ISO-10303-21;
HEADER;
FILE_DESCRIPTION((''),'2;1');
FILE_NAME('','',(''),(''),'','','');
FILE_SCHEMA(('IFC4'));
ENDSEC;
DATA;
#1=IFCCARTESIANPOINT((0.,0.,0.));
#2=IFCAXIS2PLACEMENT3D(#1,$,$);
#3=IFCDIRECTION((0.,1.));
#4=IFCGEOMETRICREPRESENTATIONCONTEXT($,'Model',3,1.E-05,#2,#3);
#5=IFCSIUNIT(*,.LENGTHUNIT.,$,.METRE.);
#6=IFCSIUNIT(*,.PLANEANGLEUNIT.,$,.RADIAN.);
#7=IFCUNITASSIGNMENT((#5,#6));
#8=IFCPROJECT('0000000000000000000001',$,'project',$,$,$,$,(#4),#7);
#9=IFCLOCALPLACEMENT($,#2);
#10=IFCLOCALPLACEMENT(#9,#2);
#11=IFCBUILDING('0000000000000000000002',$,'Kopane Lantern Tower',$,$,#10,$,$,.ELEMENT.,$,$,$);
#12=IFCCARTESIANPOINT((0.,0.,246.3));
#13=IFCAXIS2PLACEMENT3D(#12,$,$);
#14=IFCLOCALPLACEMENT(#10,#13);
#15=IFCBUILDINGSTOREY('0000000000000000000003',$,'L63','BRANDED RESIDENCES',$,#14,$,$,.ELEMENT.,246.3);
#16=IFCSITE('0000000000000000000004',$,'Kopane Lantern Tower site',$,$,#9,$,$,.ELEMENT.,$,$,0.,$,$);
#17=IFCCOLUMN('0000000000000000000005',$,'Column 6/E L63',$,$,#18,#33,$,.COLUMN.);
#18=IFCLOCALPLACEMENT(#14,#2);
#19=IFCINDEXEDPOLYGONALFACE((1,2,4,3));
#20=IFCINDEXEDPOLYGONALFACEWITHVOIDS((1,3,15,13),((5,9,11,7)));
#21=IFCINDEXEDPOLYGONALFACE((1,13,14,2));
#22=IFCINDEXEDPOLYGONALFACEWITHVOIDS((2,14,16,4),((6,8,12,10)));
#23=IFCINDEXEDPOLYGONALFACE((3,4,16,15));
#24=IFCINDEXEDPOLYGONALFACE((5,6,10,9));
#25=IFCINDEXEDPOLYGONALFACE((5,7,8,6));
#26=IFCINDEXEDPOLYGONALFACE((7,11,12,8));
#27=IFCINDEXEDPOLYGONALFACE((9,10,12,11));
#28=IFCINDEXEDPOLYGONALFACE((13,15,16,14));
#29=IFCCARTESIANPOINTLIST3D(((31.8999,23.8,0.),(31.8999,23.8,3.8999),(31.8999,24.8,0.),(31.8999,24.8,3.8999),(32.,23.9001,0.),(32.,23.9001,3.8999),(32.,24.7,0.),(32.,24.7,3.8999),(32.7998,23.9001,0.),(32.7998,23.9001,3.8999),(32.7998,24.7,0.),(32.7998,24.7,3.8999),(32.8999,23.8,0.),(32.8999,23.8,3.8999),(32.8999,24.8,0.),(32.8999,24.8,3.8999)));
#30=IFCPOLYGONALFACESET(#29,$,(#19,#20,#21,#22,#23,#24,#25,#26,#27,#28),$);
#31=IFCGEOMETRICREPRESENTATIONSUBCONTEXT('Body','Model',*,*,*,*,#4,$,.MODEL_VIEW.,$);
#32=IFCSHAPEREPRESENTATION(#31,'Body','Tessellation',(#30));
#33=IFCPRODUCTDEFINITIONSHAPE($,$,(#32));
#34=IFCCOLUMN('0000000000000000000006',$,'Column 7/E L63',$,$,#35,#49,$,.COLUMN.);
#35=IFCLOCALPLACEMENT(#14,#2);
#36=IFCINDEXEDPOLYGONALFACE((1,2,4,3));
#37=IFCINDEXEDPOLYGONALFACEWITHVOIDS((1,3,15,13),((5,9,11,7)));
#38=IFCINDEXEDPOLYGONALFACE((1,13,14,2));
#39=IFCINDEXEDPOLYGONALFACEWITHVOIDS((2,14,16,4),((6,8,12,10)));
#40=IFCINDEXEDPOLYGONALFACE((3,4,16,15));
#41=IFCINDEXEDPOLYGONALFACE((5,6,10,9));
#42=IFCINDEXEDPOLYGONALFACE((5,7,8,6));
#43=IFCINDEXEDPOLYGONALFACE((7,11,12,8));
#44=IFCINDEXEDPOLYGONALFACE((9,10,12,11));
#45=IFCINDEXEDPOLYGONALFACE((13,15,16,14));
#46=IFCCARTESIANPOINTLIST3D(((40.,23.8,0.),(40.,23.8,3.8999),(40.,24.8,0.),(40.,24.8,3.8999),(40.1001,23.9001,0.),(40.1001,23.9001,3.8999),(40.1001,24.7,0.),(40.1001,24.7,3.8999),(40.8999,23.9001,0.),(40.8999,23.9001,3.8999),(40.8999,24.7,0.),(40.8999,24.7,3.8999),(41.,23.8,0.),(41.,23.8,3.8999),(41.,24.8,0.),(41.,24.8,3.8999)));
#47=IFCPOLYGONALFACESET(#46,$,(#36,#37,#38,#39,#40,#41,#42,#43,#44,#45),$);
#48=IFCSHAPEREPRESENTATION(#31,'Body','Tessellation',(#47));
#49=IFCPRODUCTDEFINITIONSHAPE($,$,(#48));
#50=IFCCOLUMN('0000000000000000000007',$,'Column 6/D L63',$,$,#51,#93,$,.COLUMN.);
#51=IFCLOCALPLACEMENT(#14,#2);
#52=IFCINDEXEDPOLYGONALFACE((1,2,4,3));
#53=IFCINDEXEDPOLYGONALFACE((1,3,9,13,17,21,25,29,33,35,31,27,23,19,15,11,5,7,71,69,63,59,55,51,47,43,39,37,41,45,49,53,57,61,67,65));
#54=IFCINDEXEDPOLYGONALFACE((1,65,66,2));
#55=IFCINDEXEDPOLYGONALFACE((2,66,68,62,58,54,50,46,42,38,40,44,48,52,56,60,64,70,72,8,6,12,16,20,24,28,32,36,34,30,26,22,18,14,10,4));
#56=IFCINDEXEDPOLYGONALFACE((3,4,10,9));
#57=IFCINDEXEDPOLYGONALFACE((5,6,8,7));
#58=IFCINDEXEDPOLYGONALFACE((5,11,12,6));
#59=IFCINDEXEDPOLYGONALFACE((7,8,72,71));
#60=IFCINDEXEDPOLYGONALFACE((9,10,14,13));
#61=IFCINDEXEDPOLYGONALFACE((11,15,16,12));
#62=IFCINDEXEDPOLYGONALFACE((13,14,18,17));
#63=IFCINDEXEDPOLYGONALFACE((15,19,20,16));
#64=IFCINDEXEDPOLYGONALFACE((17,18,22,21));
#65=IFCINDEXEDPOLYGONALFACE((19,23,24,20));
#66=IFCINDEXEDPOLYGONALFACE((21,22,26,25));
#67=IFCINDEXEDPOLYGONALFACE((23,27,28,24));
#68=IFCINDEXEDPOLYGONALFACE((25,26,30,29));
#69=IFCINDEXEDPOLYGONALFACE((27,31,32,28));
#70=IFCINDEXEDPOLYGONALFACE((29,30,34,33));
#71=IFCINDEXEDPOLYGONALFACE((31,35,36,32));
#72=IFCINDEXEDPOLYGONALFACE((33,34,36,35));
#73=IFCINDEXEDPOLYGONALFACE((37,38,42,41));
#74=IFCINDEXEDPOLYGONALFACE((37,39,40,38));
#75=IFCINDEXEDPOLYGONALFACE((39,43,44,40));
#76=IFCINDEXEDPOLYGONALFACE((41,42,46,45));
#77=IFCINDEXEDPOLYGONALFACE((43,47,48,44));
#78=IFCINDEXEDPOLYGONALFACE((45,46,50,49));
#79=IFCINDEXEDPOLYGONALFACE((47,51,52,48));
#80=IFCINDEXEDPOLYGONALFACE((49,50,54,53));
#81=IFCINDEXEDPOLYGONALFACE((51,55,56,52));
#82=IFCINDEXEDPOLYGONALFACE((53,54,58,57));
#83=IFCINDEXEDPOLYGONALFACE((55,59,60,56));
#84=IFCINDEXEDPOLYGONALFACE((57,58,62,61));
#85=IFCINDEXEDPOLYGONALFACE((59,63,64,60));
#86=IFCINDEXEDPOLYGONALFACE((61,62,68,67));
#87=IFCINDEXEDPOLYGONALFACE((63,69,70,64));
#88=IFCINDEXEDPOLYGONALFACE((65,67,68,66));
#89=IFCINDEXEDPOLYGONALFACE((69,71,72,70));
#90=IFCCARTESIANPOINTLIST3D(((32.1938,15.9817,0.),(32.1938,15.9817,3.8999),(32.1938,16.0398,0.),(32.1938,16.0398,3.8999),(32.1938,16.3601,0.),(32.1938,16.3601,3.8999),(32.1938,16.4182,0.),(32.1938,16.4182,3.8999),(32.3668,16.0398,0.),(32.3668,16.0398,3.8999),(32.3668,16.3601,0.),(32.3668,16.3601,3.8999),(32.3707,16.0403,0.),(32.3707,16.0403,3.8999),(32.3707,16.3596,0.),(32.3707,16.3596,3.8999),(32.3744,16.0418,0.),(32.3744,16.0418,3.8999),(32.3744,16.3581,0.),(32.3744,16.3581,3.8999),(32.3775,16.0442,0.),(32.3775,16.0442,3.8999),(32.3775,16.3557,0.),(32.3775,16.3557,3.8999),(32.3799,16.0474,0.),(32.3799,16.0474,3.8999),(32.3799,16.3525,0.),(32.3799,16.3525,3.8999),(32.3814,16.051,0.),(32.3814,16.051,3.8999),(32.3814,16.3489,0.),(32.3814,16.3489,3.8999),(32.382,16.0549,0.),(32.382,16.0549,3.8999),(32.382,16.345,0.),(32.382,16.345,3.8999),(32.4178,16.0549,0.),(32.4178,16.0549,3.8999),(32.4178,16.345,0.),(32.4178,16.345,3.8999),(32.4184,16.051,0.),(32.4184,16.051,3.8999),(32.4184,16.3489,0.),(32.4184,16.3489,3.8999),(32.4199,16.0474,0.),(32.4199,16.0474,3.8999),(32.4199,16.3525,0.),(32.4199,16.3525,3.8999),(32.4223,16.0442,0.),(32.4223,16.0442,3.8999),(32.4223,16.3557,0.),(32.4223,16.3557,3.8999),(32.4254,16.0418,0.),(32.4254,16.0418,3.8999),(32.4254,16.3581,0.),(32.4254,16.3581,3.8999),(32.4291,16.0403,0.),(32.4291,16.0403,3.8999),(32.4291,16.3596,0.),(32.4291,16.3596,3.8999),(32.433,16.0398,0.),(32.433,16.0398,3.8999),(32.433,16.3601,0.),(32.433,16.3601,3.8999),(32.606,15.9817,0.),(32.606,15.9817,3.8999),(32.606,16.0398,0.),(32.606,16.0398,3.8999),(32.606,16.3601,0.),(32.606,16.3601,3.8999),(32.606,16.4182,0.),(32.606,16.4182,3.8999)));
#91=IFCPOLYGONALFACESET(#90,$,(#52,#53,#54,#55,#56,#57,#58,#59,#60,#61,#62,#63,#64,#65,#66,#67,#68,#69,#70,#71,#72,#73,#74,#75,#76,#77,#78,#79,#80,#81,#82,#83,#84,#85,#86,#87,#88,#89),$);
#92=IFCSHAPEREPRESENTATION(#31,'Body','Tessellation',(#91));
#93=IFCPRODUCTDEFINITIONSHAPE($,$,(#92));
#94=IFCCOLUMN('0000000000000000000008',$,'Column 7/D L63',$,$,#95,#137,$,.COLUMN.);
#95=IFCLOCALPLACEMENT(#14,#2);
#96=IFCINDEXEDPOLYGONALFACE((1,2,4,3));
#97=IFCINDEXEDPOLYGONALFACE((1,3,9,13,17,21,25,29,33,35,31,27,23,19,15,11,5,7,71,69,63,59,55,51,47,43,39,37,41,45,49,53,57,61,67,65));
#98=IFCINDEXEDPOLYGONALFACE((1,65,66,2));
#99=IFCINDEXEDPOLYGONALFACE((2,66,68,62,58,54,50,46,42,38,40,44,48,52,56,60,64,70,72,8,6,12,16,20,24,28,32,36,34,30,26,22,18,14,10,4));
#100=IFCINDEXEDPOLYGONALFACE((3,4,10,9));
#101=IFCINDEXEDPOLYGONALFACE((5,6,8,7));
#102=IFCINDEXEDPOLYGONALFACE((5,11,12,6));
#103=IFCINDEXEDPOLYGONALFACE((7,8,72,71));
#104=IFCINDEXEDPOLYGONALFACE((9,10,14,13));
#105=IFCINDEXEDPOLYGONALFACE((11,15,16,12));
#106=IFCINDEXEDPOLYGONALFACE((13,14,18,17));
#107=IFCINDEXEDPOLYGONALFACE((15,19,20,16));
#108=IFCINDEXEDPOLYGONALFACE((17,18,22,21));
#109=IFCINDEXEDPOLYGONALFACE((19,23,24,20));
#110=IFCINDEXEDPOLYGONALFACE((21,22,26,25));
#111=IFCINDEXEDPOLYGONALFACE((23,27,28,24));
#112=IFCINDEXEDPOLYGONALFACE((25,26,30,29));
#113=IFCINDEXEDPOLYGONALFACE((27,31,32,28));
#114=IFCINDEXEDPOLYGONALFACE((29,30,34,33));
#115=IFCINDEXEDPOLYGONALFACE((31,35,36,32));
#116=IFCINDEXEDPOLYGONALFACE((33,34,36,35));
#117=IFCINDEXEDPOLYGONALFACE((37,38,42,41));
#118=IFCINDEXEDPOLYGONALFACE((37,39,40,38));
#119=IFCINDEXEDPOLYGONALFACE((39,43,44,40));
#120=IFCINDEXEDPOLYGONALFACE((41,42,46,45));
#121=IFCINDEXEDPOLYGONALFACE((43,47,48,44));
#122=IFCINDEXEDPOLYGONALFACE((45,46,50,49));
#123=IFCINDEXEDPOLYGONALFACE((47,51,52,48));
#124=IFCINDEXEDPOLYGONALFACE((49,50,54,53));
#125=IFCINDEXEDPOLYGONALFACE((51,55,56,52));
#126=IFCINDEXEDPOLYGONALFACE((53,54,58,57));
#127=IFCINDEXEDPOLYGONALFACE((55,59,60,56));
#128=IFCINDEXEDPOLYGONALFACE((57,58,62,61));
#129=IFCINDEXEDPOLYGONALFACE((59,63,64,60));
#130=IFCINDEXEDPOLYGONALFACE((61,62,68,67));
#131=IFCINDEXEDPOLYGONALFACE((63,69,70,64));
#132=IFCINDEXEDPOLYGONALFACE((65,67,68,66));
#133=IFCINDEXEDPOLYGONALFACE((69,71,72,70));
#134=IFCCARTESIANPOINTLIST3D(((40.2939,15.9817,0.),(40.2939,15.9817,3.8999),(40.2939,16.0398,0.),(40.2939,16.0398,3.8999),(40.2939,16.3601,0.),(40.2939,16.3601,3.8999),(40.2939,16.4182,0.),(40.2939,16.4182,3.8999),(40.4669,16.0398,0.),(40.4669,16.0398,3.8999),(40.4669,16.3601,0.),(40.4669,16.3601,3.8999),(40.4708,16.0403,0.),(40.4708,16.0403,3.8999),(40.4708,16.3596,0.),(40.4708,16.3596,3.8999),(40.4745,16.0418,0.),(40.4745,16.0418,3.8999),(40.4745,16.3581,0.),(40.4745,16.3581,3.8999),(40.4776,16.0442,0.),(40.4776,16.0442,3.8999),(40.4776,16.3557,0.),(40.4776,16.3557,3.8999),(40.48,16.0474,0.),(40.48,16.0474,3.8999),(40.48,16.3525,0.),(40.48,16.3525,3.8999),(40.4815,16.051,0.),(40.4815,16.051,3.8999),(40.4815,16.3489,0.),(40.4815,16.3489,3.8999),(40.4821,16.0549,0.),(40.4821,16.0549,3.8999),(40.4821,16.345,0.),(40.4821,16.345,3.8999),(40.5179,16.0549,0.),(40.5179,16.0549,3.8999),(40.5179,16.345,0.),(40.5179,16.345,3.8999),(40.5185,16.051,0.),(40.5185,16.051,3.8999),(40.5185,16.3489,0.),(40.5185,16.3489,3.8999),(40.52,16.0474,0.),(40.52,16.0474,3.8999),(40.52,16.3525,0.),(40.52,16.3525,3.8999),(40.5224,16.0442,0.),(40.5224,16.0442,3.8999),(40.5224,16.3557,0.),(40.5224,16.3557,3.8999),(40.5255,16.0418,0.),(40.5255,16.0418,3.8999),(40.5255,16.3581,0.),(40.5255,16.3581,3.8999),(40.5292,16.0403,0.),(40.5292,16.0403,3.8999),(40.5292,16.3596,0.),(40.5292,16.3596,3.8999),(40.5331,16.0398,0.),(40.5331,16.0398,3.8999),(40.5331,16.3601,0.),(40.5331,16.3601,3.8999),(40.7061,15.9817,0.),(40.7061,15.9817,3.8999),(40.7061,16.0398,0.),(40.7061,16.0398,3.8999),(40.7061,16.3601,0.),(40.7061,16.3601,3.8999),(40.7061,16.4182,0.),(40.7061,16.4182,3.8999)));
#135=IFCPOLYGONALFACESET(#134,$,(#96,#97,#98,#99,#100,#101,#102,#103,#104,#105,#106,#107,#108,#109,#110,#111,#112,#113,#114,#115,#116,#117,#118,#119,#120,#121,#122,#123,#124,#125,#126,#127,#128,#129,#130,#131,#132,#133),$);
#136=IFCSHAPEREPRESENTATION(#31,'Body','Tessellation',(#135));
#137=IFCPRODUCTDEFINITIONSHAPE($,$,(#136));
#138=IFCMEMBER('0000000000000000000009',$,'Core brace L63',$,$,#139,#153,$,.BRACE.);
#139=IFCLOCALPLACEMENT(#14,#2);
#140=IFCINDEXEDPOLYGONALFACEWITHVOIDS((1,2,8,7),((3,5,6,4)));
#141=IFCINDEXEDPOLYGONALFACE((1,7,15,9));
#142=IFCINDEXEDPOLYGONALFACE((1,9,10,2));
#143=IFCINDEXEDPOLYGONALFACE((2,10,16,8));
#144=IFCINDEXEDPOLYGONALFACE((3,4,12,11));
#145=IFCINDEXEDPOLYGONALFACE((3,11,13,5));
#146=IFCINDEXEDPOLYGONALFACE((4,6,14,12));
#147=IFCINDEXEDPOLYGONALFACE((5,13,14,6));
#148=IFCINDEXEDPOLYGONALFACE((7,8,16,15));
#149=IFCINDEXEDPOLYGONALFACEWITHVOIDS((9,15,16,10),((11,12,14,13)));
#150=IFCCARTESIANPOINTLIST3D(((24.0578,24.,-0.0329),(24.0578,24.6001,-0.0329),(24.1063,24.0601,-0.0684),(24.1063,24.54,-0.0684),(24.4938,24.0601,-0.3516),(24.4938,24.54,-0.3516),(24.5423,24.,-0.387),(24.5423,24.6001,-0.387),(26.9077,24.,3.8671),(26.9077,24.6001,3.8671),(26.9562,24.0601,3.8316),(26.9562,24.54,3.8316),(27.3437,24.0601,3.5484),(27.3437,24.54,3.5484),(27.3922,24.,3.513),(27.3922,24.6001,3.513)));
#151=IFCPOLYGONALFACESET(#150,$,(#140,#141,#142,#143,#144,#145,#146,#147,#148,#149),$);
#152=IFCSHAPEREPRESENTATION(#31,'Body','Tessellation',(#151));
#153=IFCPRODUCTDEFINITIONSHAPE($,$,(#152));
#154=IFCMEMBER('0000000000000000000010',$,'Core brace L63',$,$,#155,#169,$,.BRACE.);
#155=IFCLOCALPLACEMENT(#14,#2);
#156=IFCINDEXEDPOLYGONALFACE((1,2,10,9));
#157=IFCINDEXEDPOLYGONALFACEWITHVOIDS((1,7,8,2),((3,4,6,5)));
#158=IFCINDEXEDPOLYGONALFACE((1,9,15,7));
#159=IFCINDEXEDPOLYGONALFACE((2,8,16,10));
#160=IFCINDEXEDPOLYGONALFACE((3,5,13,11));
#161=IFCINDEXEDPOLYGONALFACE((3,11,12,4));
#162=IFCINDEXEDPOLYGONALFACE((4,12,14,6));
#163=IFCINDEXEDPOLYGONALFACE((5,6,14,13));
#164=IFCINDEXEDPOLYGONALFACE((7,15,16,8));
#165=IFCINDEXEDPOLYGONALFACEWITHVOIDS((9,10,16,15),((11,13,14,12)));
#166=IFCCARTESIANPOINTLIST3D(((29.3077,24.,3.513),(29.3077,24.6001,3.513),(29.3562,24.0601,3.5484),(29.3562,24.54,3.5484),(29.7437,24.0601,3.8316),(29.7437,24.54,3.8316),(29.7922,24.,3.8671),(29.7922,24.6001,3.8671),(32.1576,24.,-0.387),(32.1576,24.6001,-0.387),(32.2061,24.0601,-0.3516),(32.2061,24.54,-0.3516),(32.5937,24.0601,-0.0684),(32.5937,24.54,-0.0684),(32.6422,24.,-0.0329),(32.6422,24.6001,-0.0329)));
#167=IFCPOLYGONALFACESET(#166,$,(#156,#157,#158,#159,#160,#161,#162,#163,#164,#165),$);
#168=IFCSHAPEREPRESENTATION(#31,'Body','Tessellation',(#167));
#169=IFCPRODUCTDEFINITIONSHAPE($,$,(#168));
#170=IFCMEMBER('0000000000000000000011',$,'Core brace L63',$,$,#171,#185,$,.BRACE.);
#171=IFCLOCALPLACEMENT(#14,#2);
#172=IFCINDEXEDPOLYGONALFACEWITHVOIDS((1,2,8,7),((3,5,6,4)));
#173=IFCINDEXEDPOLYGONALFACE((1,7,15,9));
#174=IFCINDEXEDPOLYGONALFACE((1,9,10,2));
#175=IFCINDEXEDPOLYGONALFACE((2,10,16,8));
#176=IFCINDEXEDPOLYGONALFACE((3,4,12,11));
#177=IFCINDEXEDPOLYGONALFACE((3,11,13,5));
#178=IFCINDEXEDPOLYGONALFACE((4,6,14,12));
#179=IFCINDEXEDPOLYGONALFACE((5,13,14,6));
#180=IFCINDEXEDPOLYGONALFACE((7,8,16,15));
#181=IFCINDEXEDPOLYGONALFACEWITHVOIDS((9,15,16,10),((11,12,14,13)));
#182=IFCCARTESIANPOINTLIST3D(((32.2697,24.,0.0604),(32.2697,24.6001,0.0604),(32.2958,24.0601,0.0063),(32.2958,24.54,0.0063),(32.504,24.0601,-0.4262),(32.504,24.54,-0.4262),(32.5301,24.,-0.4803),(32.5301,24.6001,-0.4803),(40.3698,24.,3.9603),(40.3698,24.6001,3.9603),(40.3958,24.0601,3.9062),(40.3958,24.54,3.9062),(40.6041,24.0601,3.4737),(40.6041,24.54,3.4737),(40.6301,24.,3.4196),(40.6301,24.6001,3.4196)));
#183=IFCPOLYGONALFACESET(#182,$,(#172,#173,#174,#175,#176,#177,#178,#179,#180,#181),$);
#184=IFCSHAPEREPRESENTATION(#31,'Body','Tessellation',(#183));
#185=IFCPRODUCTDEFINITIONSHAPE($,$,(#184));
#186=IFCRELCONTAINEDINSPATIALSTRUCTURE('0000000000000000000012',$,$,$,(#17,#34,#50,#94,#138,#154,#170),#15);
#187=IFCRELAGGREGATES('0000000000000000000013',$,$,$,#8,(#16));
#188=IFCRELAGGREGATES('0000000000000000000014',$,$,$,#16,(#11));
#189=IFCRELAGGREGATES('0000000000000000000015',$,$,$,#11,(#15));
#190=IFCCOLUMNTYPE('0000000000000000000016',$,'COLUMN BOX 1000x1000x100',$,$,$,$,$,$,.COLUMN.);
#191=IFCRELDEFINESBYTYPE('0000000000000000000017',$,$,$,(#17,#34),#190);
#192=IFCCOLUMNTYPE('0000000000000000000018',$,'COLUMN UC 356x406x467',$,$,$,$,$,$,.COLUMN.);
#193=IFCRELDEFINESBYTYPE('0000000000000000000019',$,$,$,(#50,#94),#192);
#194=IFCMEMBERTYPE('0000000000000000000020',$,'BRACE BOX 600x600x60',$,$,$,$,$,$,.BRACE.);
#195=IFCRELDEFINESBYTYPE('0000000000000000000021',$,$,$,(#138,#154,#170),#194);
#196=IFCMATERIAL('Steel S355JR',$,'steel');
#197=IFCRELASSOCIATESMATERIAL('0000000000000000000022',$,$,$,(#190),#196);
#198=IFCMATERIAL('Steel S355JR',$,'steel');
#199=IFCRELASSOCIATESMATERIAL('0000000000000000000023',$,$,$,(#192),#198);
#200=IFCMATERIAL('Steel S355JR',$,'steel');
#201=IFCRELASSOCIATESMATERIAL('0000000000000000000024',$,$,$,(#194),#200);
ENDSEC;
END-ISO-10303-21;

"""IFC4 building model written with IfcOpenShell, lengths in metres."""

from ifc_helpers import new_model, si_unit, direction, frame, origin, origin_2d, place, context, subcontext, project, spatial, hollow_rectangle, i_section, extrude, material, material_profile, profile_set, type_object, element, save


model = new_model("IFC4")

# Units and contexts
model_context = context("Model", 3, precision=1e-05, world=origin(), true_north=direction((0.0, 1.0)))
body_context = subcontext(model_context, "Body", "Model", "MODEL_VIEW")
ifc_project = project(units=[si_unit("LENGTHUNIT", "METRE"), si_unit("PLANEANGLEUNIT", "RADIAN")], contexts=[model_context])

# Site, building, storey
site_placement = place(None, origin())
site = spatial("IfcSite", under=ifc_project, at=site_placement, Name="Kopane Lantern Tower site", CompositionType="ELEMENT", RefElevation=0.0)
building_placement = place(site_placement, origin())
building = spatial("IfcBuilding", under=site, at=building_placement, Name="Kopane Lantern Tower", CompositionType="ELEMENT")
storey_placement = place(building_placement, frame((0.0, 0.0, 246.3)))
storey = spatial("IfcBuildingStorey", under=building, at=storey_placement, Name="L63", Description="BRANDED RESIDENCES", CompositionType="ELEMENT", Elevation=246.3)

# Columns
ifc_material_1 = material(Name="Steel S355JR", Category="steel")
ifc_material_profile_1 = material_profile(ifc_material_1, hollow_rectangle(XDim=1.0, YDim=1.0, WallThickness=0.1001, at=origin_2d()), Name="BOX 1000x1000x100")
ifc_profile_set_1 = profile_set([ifc_material_profile_1], Name="Steel S355JR")
column_type_1 = type_object("IfcColumnType", Name="COLUMN BOX 1000x1000x100", PredefinedType="COLUMN", material=ifc_profile_set_1)
for number, where, z_axis, x_axis, name in (
    (1, (32.3999, 24.3, 0.0), (0.0, 0.0, 1.0), (1.0, 0.0, 0.0), "Column 6/E L63"),
    (2, (40.5, 24.3, 0.0), (0.0, 0.0, 1.0), (1.0, 0.0, 0.0), "Column 7/E L63"),
):
    element("IfcColumn", number, at=place(storey_placement, frame(where, z_axis=z_axis, x_axis=x_axis)), inside=storey, type_object=column_type_1, Name=name, PredefinedType="COLUMN", context=body_context, shape_type="SweptSolid", body=[
        extrude(hollow_rectangle(XDim=1.0, YDim=1.0, WallThickness=0.1001, at=origin_2d()), origin(), (0.0, 0.0, 1.0), 3.8999),
    ])
ifc_material_2 = material(Name="Steel S355JR", Category="steel")
ifc_material_profile_2 = material_profile(ifc_material_2, i_section(OverallWidth=0.4121, OverallDepth=0.4365, WebThickness=0.0359, FlangeThickness=0.0581, FilletRadius=0.0151, at=origin_2d()), Name="UC 356x406x467")
ifc_profile_set_2 = profile_set([ifc_material_profile_2], Name="Steel S355JR")
column_type_2 = type_object("IfcColumnType", Name="COLUMN UC 356x406x467", PredefinedType="COLUMN", material=ifc_profile_set_2)
for number, where, z_axis, x_axis, name in (
    (3, (32.3999, 16.2, 0.0), (0.0, 0.0, 1.0), (1.0, 0.0, 0.0), "Column 6/D L63"),
    (4, (40.5, 16.2, 0.0), (0.0, 0.0, 1.0), (1.0, 0.0, 0.0), "Column 7/D L63"),
):
    element("IfcColumn", number, at=place(storey_placement, frame(where, z_axis=z_axis, x_axis=x_axis)), inside=storey, type_object=column_type_2, Name=name, PredefinedType="COLUMN", context=body_context, shape_type="SweptSolid", body=[
        extrude(i_section(OverallWidth=0.4121, OverallDepth=0.4365, WebThickness=0.0359, FlangeThickness=0.0581, FilletRadius=0.0151, at=origin_2d()), origin(), (0.0, 0.0, 1.0), 3.8999),
    ])

# Members
ifc_material_3 = material(Name="Steel S355JR", Category="steel")
ifc_material_profile_3 = material_profile(ifc_material_3, hollow_rectangle(XDim=0.6001, YDim=0.6001, WallThickness=0.0601, at=origin_2d()), Name="BOX 600x600x60")
ifc_profile_set_3 = profile_set([ifc_material_profile_3], Name="Steel S355JR")
member_type = type_object("IfcMemberType", Name="BRACE BOX 600x600x60", PredefinedType="BRACE", material=ifc_profile_set_3)
for number, where, z_axis, x_axis, name in (
    (5, (24.3, 24.3, -0.21), (0.590006, 0.0, 0.807399), (0.0, 1.0, 0.0), "Core brace L63"),
    (6, (32.3999, 24.3, -0.21), (-0.590006, 0.0, 0.807399), (0.0, -1.0, 0.0), "Core brace L63"),
):
    element("IfcMember", number, at=place(storey_placement, frame(where, z_axis=z_axis, x_axis=x_axis)), inside=storey, type_object=member_type, Name=name, PredefinedType="BRACE", context=body_context, shape_type="SweptSolid", body=[
        extrude(hollow_rectangle(XDim=0.6001, YDim=0.6001, WallThickness=0.0601, at=origin_2d()), origin(), (0.0, 0.0, 1.0), 4.8303),
    ])
member_placement = place(storey_placement, frame((32.3999, 24.3, -0.21), z_axis=(0.901008, 0.0, 0.433803), x_axis=(0.0, 1.0, 0.0)))
element("IfcMember", 7, at=member_placement, inside=storey, type_object=member_type, Name="Core brace L63", PredefinedType="BRACE", context=body_context, shape_type="SweptSolid", body=[
    extrude(hollow_rectangle(XDim=0.6001, YDim=0.6001, WallThickness=0.0601, at=origin_2d()), origin(), (0.0, 0.0, 1.0), 8.99),
])

save(model, "model.ifc")
